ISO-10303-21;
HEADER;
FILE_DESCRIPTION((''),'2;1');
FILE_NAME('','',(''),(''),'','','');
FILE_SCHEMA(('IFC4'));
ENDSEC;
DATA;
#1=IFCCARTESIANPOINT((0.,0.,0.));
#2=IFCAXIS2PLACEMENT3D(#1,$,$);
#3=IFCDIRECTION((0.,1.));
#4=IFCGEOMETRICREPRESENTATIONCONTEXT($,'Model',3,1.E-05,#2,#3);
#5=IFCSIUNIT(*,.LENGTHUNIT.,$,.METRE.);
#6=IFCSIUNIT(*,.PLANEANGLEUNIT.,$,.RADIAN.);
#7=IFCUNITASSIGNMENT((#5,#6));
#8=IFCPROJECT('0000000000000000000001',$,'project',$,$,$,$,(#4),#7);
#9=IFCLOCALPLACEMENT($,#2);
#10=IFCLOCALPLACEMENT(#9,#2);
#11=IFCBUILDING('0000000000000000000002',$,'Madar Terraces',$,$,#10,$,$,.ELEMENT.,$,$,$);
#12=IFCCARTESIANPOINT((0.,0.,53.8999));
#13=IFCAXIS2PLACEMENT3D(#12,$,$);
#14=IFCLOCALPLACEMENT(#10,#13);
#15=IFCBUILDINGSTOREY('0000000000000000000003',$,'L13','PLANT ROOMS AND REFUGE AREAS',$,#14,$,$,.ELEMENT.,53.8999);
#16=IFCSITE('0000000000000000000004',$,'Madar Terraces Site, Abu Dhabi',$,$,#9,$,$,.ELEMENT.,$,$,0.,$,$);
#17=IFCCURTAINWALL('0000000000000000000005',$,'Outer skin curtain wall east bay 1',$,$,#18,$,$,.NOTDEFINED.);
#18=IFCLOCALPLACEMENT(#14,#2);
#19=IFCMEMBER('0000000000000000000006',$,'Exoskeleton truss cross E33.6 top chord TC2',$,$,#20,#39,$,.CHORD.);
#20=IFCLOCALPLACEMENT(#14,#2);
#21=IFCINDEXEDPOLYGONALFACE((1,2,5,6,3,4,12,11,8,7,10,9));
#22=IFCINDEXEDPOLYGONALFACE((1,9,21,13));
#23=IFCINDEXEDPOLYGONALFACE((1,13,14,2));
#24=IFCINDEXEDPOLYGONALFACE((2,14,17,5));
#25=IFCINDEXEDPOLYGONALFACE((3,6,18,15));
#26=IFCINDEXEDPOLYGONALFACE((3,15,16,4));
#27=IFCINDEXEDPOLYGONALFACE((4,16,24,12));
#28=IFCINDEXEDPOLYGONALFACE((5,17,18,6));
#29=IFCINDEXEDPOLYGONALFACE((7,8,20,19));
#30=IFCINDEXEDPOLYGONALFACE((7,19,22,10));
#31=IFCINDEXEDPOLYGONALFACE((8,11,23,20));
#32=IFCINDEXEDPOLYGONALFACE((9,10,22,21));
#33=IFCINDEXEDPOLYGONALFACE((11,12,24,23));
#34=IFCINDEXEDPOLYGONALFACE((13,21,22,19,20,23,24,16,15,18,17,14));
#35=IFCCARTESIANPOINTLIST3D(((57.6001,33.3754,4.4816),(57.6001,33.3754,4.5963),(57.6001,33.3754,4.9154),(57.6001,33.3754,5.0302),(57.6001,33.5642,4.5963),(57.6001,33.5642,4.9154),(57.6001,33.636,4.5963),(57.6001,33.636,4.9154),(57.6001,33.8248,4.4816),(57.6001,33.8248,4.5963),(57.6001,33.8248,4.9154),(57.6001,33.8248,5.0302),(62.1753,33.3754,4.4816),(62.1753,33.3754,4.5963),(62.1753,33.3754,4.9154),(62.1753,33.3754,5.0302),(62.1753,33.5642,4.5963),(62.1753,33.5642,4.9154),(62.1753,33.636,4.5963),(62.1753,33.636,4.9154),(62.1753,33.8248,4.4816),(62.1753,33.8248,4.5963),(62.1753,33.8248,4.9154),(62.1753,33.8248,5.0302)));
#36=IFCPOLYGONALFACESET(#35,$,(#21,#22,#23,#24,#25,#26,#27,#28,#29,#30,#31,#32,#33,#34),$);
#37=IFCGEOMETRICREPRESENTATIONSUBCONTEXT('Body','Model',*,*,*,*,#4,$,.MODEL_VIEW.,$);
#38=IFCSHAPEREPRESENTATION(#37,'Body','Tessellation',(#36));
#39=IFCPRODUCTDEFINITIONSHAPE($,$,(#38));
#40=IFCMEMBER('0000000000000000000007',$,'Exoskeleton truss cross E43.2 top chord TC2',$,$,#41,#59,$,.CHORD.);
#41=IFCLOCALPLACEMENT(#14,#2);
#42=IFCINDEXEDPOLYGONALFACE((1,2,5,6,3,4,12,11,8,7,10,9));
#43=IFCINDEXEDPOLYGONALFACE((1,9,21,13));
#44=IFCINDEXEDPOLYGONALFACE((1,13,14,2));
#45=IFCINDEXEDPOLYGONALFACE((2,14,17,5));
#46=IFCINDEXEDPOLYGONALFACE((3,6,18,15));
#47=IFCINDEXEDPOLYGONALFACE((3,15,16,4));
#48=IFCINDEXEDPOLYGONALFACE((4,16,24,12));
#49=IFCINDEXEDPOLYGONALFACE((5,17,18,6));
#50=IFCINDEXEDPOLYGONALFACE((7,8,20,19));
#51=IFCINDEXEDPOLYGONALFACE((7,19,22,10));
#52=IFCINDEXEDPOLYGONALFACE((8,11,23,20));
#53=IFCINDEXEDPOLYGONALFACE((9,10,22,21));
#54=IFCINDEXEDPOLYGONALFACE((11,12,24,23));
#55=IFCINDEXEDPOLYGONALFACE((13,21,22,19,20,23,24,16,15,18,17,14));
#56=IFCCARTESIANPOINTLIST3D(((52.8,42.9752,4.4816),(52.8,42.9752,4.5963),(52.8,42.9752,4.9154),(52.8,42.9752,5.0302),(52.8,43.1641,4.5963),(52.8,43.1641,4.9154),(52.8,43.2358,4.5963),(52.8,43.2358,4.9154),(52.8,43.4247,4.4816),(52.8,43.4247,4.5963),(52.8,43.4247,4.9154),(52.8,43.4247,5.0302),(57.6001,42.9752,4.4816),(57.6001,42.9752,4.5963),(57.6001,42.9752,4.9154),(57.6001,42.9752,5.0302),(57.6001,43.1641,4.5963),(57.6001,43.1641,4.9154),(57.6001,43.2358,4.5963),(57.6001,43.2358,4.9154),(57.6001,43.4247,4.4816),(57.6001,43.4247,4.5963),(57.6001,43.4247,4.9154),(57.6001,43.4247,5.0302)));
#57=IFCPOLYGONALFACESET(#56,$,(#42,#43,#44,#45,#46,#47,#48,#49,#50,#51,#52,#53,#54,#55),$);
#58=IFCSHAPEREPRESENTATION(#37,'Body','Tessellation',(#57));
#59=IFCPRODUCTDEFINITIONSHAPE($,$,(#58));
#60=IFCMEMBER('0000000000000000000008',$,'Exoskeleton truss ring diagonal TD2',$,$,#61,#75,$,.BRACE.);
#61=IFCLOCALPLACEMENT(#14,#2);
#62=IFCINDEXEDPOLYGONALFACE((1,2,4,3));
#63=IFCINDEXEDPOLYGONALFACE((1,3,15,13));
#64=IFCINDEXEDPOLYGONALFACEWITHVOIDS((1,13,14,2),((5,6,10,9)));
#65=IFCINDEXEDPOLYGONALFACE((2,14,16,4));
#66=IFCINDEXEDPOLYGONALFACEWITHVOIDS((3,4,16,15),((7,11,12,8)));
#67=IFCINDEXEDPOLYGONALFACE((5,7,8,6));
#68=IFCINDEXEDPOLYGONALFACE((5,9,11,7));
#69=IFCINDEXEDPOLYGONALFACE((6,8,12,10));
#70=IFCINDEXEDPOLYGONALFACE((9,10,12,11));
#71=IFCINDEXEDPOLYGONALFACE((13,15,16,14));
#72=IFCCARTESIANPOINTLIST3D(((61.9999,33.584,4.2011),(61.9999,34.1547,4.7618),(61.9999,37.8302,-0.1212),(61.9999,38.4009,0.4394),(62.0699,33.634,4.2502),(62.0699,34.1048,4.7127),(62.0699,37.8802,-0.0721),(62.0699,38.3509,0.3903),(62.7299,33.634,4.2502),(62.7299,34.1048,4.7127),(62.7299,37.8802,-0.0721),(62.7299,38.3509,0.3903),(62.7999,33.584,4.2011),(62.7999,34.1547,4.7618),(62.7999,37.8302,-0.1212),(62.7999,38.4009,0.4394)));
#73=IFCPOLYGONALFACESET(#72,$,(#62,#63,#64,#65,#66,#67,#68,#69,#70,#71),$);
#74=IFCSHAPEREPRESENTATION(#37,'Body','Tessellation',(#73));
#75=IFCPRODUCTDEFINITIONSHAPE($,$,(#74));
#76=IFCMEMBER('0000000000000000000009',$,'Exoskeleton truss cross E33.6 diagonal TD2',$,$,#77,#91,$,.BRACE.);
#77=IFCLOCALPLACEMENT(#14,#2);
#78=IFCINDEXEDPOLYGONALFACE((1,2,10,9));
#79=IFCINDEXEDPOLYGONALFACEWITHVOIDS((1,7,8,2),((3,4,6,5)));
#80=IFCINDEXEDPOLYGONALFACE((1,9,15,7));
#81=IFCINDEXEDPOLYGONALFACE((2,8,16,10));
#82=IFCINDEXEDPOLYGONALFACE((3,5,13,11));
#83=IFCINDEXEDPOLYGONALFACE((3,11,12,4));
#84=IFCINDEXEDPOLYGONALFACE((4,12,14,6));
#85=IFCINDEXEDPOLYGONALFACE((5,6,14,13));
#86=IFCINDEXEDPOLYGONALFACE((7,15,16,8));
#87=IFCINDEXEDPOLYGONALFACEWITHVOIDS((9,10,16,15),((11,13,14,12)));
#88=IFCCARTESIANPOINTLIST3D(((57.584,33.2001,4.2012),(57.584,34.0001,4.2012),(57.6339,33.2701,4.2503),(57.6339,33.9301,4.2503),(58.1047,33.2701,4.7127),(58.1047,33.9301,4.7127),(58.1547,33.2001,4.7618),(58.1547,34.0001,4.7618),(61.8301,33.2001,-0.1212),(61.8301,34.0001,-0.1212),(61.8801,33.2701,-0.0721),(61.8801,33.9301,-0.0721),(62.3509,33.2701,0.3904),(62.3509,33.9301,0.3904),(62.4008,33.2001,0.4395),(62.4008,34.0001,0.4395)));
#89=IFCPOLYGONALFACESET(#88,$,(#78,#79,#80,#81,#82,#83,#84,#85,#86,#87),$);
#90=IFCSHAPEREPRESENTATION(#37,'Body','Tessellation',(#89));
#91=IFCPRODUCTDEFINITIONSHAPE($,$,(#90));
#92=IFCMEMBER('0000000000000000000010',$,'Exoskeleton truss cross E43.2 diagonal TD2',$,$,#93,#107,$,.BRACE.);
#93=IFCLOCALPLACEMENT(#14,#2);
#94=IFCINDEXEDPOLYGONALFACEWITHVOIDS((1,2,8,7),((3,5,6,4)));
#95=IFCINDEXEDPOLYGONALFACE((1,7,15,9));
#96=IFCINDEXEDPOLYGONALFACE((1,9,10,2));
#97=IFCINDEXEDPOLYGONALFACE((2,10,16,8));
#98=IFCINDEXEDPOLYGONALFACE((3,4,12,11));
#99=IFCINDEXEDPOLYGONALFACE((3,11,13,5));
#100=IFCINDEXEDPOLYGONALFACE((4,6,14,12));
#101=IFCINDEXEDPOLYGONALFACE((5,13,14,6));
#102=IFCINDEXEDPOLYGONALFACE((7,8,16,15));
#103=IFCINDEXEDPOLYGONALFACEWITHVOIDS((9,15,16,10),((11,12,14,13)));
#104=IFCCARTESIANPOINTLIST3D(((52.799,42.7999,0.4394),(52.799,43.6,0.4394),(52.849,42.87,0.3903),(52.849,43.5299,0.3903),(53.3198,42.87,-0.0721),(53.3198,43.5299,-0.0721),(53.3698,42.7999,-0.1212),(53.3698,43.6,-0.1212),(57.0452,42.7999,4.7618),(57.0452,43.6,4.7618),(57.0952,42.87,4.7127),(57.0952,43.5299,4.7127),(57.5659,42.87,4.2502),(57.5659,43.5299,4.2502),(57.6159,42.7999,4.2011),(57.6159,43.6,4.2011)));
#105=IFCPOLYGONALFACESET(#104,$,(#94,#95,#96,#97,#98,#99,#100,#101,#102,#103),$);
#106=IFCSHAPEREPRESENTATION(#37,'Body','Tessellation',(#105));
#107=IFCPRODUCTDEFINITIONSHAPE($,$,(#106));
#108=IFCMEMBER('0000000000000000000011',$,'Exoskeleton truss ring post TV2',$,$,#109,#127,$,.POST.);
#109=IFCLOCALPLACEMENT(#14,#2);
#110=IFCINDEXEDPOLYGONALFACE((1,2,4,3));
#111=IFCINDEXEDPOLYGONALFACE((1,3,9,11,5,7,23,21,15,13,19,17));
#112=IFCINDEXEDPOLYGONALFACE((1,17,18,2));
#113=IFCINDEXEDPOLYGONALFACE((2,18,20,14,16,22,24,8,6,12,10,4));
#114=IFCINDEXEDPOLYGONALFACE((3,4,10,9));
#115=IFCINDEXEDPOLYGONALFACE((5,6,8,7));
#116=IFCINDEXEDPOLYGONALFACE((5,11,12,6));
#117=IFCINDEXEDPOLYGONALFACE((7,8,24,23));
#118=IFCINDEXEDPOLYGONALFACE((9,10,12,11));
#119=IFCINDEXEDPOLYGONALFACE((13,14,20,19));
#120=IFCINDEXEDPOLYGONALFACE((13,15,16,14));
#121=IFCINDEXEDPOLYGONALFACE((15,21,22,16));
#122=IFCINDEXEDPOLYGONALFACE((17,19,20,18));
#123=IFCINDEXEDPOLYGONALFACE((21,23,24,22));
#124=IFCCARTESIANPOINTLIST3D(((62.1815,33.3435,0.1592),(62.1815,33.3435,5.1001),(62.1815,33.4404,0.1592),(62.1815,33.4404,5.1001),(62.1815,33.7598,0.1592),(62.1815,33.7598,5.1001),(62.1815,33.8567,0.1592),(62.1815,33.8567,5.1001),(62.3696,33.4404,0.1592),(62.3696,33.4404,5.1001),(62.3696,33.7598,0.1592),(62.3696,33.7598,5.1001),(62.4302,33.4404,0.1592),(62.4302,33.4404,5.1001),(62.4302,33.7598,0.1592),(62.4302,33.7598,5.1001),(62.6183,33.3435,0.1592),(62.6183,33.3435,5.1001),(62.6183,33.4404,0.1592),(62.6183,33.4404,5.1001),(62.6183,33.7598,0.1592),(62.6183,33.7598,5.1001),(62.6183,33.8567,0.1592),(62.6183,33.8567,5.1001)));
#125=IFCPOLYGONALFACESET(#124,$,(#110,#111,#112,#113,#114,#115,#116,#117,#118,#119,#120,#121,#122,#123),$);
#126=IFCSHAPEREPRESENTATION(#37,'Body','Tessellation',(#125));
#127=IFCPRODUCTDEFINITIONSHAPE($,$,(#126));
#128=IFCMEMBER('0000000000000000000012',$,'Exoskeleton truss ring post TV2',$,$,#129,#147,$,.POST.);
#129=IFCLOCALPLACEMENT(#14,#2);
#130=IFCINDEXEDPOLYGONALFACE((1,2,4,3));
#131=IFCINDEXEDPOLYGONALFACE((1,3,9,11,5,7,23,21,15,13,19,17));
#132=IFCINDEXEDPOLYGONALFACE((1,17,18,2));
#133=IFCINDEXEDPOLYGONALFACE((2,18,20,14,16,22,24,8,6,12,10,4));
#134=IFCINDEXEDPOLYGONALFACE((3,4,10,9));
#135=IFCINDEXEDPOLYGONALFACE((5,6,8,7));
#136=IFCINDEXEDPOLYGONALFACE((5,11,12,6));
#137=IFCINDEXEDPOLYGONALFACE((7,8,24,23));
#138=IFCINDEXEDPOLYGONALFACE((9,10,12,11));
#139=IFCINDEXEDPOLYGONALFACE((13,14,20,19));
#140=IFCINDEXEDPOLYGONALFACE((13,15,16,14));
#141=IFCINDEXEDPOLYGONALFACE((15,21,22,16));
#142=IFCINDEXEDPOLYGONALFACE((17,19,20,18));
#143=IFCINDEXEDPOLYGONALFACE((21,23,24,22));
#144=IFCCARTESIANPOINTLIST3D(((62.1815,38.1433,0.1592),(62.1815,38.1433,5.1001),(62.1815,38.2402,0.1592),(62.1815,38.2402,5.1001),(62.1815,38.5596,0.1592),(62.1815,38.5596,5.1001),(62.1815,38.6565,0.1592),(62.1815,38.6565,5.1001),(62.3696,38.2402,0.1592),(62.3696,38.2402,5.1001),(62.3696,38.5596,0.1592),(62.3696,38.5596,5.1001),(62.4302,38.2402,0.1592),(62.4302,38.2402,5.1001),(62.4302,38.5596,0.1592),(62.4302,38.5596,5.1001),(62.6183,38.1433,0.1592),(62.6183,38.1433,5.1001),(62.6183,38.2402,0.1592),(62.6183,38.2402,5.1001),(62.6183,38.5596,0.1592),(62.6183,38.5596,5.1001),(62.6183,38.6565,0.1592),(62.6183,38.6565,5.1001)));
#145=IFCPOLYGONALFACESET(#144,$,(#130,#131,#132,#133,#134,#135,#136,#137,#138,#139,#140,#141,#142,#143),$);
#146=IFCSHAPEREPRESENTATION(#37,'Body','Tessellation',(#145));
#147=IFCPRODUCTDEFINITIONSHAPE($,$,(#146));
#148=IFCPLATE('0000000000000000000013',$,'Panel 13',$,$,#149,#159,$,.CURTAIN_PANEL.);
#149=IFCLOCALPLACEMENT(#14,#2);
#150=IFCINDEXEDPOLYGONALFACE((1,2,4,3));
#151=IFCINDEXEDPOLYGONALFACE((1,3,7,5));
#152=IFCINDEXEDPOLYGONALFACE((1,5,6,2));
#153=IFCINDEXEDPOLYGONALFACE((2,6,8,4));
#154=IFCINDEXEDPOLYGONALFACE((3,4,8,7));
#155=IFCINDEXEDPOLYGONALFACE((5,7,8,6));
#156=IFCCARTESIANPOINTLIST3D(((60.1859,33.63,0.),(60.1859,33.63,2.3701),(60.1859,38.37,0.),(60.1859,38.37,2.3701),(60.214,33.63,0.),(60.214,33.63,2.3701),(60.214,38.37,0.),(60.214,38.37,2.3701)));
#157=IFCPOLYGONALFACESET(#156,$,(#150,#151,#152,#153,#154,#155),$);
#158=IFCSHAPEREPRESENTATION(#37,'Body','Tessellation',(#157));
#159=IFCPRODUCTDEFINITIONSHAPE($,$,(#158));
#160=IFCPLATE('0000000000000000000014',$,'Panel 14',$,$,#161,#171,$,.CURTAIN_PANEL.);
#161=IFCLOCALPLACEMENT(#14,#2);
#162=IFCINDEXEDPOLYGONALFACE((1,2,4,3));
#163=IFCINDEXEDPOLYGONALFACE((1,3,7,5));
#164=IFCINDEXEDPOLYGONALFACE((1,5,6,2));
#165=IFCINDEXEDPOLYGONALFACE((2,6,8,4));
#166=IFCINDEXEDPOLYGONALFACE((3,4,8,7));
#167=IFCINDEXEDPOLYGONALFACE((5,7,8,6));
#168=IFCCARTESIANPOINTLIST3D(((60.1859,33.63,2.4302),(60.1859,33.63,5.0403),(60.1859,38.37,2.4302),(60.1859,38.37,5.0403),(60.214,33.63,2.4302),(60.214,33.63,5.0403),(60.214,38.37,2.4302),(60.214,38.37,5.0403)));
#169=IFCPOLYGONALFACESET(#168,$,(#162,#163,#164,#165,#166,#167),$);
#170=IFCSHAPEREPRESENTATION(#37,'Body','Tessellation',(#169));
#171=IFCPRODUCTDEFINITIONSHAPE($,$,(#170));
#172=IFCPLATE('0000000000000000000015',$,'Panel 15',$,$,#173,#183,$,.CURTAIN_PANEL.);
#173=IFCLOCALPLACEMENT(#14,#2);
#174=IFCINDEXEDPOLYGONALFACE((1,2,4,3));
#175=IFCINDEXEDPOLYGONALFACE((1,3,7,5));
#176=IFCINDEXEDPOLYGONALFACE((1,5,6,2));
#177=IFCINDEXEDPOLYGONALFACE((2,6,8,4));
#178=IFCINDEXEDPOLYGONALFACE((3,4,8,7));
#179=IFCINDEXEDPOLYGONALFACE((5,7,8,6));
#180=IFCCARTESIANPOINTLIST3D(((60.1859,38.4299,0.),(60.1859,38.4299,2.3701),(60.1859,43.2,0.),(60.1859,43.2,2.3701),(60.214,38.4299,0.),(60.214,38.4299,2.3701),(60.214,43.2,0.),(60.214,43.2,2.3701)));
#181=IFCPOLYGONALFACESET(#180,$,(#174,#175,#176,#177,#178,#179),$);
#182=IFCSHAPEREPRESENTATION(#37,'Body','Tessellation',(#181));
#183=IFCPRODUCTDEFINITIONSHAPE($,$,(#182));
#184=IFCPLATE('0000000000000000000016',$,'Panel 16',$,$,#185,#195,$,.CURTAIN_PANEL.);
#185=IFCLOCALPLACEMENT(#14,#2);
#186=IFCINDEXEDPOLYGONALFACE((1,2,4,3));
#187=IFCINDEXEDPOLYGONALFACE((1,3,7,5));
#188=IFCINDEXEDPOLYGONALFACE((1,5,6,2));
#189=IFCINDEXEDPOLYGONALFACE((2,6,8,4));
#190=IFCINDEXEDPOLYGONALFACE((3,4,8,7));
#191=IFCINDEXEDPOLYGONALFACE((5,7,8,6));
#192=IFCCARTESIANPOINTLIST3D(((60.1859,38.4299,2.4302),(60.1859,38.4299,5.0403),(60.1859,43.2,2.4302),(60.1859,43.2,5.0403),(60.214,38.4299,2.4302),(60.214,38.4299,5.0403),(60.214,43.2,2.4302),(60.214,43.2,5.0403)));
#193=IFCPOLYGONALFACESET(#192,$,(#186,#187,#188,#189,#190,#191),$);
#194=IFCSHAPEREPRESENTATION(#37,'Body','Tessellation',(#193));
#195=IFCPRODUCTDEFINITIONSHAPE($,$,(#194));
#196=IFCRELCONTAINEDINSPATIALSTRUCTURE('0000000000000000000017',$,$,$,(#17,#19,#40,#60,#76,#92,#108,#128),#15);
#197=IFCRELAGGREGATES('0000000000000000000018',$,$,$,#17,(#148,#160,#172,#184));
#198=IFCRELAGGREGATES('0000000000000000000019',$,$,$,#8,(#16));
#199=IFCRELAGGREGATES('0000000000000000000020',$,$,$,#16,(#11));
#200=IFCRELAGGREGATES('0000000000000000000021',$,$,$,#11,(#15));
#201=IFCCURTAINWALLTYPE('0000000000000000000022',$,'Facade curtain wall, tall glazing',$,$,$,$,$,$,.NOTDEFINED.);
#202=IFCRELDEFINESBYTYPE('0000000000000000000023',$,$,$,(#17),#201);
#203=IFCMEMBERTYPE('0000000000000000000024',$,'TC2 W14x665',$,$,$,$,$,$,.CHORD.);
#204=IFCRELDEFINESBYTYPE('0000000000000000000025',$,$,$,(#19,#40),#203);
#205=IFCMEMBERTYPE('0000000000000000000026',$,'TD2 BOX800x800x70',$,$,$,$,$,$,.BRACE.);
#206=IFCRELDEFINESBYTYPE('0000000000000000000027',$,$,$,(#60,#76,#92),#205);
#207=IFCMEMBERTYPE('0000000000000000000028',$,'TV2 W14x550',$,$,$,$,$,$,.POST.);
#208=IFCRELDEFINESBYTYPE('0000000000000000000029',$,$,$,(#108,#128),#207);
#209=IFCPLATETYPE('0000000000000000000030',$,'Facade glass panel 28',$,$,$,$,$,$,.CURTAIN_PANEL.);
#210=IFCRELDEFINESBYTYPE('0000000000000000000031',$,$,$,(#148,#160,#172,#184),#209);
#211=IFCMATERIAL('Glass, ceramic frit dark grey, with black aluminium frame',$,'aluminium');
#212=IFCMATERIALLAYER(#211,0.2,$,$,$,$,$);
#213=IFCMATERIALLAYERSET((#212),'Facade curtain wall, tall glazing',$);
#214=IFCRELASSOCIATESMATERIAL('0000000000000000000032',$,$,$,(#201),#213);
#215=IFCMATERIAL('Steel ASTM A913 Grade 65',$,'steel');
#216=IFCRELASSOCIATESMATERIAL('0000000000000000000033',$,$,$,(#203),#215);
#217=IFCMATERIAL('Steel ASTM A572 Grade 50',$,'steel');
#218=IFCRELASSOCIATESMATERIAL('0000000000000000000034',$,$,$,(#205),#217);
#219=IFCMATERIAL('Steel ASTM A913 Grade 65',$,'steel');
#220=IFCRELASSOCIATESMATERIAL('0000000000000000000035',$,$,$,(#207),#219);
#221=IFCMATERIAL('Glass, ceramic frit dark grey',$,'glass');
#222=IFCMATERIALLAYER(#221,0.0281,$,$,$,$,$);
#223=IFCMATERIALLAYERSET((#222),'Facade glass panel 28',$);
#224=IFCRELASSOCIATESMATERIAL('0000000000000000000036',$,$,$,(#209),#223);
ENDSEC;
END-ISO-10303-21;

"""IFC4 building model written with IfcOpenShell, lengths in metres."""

from ifc_helpers import new_model, si_unit, direction, frame, origin, origin_2d, place, context, subcontext, project, spatial, rectangle, hollow_rectangle, i_section, extrude, material, layer, layer_set, material_profile, profile_set, type_object, element, aggregate, save


model = new_model("IFC4")

# Units and contexts
model_context = context("Model", 3, precision=1e-05, world=origin(), true_north=direction((0.0, 1.0)))
body_context = subcontext(model_context, "Body", "Model", "MODEL_VIEW")
ifc_project = project(units=[si_unit("LENGTHUNIT", "METRE"), si_unit("PLANEANGLEUNIT", "RADIAN")], contexts=[model_context])

# Site, building, storey
site_placement = place(None, origin())
site = spatial("IfcSite", under=ifc_project, at=site_placement, Name="Madar Terraces Site, Abu Dhabi", CompositionType="ELEMENT", RefElevation=0.0)
building_placement = place(site_placement, origin())
building = spatial("IfcBuilding", under=site, at=building_placement, Name="Madar Terraces", CompositionType="ELEMENT")
storey_placement = place(building_placement, frame((0.0, 0.0, 53.8999)))
storey = spatial("IfcBuildingStorey", under=building, at=storey_placement, Name="L13", Description="PLANT ROOMS AND REFUGE AREAS", CompositionType="ELEMENT", Elevation=53.8999)

# Curtain wall
ifc_material_1 = material(Name="Glass, ceramic frit dark grey, with black aluminium frame", Category="aluminium")
ifc_layer_1 = layer(ifc_material_1, 0.2)
ifc_layer_set_1 = layer_set([ifc_layer_1], Name="Facade curtain wall, tall glazing")
curtain_wall_type = type_object("IfcCurtainWallType", Name="Facade curtain wall, tall glazing", PredefinedType="NOTDEFINED", material=ifc_layer_set_1)
curtain_wall_placement = place(storey_placement, origin())
curtain_wall = element("IfcCurtainWall", 1, at=curtain_wall_placement, inside=storey, type_object=curtain_wall_type, Name="Outer skin curtain wall east bay 1", PredefinedType="NOTDEFINED")

# Members
ifc_material_2 = material(Name="Steel ASTM A913 Grade 65", Category="steel")
ifc_material_profile_1 = material_profile(ifc_material_2, i_section(OverallWidth=0.4495, OverallDepth=0.5486, WebThickness=0.0718, FlangeThickness=0.1147, at=origin_2d()), Name="W14x665")
ifc_profile_set_1 = profile_set([ifc_material_profile_1], Name="Steel ASTM A913 Grade 65")
member_type_1 = type_object("IfcMemberType", Name="TC2 W14x665", PredefinedType="CHORD", material=ifc_profile_set_1)
member_1_placement = place(storey_placement, frame((62.1753, 33.6001, 4.7559), z_axis=(-1.0, 0.0, 0.0), x_axis=(0.0, -1.0, 0.0)))
element("IfcMember", 2, at=member_1_placement, inside=storey, type_object=member_type_1, Name="Exoskeleton truss cross E33.6 top chord TC2", PredefinedType="CHORD", context=body_context, shape_type="SweptSolid", body=[
    extrude(i_section(OverallWidth=0.4495, OverallDepth=0.5486, WebThickness=0.0718, FlangeThickness=0.1147, at=origin_2d()), origin(), (0.0, 0.0, 1.0), 4.5752),
])
member_2_placement = place(storey_placement, frame((57.6001, 43.2, 4.7559), z_axis=(-1.0, 0.0, 0.0), x_axis=(0.0, -1.0, 0.0)))
element("IfcMember", 3, at=member_2_placement, inside=storey, type_object=member_type_1, Name="Exoskeleton truss cross E43.2 top chord TC2", PredefinedType="CHORD", context=body_context, shape_type="SweptSolid", body=[
    extrude(i_section(OverallWidth=0.4495, OverallDepth=0.5486, WebThickness=0.0718, FlangeThickness=0.1147, at=origin_2d()), origin(), (0.0, 0.0, 1.0), 4.8),
])
ifc_material_3 = material(Name="Steel ASTM A572 Grade 50", Category="steel")
ifc_material_profile_2 = material_profile(ifc_material_3, hollow_rectangle(XDim=0.8, YDim=0.8, WallThickness=0.0701, at=origin_2d()), Name="BOX800x800x70")
ifc_profile_set_2 = profile_set([ifc_material_profile_2], Name="Steel ASTM A572 Grade 50")
member_type_2 = type_object("IfcMemberType", Name="TD2 BOX800x800x70", PredefinedType="BRACE", material=ifc_profile_set_2)
for number, where, z_axis, x_axis, name in (
    (4, (62.3999, 33.8694, 4.4814), (0.0, 0.700793, -0.713365), (-1.0, 0.0, 0.0), "Exoskeleton truss ring diagonal TD2"),
    (5, (62.1155, 33.6001, 0.1592), (-0.700793, 0.0, 0.713365), (0.0, -1.0, 0.0), "Exoskeleton truss cross E33.6 diagonal TD2"),
    (6, (57.3306, 43.2, 4.4814), (-0.700793, 0.0, -0.713365), (0.0, -1.0, 0.0), "Exoskeleton truss cross E43.2 diagonal TD2"),
):
    element("IfcMember", number, at=place(storey_placement, frame(where, z_axis=z_axis, x_axis=x_axis)), inside=storey, type_object=member_type_2, Name=name, PredefinedType="BRACE", context=body_context, shape_type="SweptSolid", body=[
        extrude(hollow_rectangle(XDim=0.8, YDim=0.8, WallThickness=0.0701, at=origin_2d()), origin(), (0.0, 0.0, 1.0), 6.0591),
    ])
ifc_material_4 = material(Name="Steel ASTM A913 Grade 65", Category="steel")
ifc_material_profile_3 = material_profile(ifc_material_4, i_section(OverallWidth=0.4368, OverallDepth=0.5132, WebThickness=0.0605, FlangeThickness=0.0969, at=origin_2d()), Name="W14x550")
ifc_profile_set_3 = profile_set([ifc_material_profile_3], Name="Steel ASTM A913 Grade 65")
member_type_3 = type_object("IfcMemberType", Name="TV2 W14x550", PredefinedType="POST", material=ifc_profile_set_3)
for number, where, z_axis, x_axis, name in (
    (7, (62.3999, 33.6001, 0.1592), (0.0, 0.0, 1.0), (-1.0, 0.0, 0.0), "Exoskeleton truss ring post TV2"),
    (8, (62.3999, 38.3999, 0.1592), (0.0, 0.0, 1.0), (-1.0, 0.0, 0.0), "Exoskeleton truss ring post TV2"),
):
    element("IfcMember", number, at=place(storey_placement, frame(where, z_axis=z_axis, x_axis=x_axis)), inside=storey, type_object=member_type_3, Name=name, PredefinedType="POST", context=body_context, shape_type="SweptSolid", body=[
        extrude(i_section(OverallWidth=0.4368, OverallDepth=0.5132, WebThickness=0.0605, FlangeThickness=0.0969, at=origin_2d()), origin(), (0.0, 0.0, 1.0), 4.9409),
    ])

# Plates
ifc_material_5 = material(Name="Glass, ceramic frit dark grey", Category="glass")
ifc_layer_2 = layer(ifc_material_5, 0.0281)
ifc_layer_set_2 = layer_set([ifc_layer_2], Name="Facade glass panel 28")
plate_type = type_object("IfcPlateType", Name="Facade glass panel 28", PredefinedType="CURTAIN_PANEL", material=ifc_layer_set_2)
plate_1_placement = place(storey_placement, frame((60.2, 36.0, 0.0), z_axis=(0.0, 0.0, 1.0), x_axis=(0.0, 1.0, 0.0)))
plate_1 = element("IfcPlate", 9, at=plate_1_placement, type_object=plate_type, Name="Panel 13", PredefinedType="CURTAIN_PANEL", context=body_context, shape_type="SweptSolid", body=[
    extrude(rectangle(XDim=4.74, YDim=0.0281, at=origin_2d()), origin(), (0.0, 0.0, 1.0), 2.3701),
])
plate_2_placement = place(storey_placement, frame((60.2, 36.0, 2.4302), z_axis=(0.0, 0.0, 1.0), x_axis=(0.0, 1.0, 0.0)))
plate_2 = element("IfcPlate", 10, at=plate_2_placement, type_object=plate_type, Name="Panel 14", PredefinedType="CURTAIN_PANEL", context=body_context, shape_type="SweptSolid", body=[
    extrude(rectangle(XDim=4.74, YDim=0.0281, at=origin_2d()), origin(), (0.0, 0.0, 1.0), 2.6101),
])
plate_3_placement = place(storey_placement, frame((60.2, 40.8149, 0.0), z_axis=(0.0, 0.0, 1.0), x_axis=(0.0, 1.0, 0.0)))
plate_3 = element("IfcPlate", 11, at=plate_3_placement, type_object=plate_type, Name="Panel 15", PredefinedType="CURTAIN_PANEL", context=body_context, shape_type="SweptSolid", body=[
    extrude(rectangle(XDim=4.77, YDim=0.0281, at=origin_2d()), origin(), (0.0, 0.0, 1.0), 2.3701),
])
plate_4_placement = place(storey_placement, frame((60.2, 40.8149, 2.4302), z_axis=(0.0, 0.0, 1.0), x_axis=(0.0, 1.0, 0.0)))
plate_4 = element("IfcPlate", 12, at=plate_4_placement, type_object=plate_type, Name="Panel 16", PredefinedType="CURTAIN_PANEL", context=body_context, shape_type="SweptSolid", body=[
    extrude(rectangle(XDim=4.77, YDim=0.0281, at=origin_2d()), origin(), (0.0, 0.0, 1.0), 2.6101),
])
aggregate(curtain_wall, [plate_1, plate_2, plate_3, plate_4])

save(model, "model.ifc")
